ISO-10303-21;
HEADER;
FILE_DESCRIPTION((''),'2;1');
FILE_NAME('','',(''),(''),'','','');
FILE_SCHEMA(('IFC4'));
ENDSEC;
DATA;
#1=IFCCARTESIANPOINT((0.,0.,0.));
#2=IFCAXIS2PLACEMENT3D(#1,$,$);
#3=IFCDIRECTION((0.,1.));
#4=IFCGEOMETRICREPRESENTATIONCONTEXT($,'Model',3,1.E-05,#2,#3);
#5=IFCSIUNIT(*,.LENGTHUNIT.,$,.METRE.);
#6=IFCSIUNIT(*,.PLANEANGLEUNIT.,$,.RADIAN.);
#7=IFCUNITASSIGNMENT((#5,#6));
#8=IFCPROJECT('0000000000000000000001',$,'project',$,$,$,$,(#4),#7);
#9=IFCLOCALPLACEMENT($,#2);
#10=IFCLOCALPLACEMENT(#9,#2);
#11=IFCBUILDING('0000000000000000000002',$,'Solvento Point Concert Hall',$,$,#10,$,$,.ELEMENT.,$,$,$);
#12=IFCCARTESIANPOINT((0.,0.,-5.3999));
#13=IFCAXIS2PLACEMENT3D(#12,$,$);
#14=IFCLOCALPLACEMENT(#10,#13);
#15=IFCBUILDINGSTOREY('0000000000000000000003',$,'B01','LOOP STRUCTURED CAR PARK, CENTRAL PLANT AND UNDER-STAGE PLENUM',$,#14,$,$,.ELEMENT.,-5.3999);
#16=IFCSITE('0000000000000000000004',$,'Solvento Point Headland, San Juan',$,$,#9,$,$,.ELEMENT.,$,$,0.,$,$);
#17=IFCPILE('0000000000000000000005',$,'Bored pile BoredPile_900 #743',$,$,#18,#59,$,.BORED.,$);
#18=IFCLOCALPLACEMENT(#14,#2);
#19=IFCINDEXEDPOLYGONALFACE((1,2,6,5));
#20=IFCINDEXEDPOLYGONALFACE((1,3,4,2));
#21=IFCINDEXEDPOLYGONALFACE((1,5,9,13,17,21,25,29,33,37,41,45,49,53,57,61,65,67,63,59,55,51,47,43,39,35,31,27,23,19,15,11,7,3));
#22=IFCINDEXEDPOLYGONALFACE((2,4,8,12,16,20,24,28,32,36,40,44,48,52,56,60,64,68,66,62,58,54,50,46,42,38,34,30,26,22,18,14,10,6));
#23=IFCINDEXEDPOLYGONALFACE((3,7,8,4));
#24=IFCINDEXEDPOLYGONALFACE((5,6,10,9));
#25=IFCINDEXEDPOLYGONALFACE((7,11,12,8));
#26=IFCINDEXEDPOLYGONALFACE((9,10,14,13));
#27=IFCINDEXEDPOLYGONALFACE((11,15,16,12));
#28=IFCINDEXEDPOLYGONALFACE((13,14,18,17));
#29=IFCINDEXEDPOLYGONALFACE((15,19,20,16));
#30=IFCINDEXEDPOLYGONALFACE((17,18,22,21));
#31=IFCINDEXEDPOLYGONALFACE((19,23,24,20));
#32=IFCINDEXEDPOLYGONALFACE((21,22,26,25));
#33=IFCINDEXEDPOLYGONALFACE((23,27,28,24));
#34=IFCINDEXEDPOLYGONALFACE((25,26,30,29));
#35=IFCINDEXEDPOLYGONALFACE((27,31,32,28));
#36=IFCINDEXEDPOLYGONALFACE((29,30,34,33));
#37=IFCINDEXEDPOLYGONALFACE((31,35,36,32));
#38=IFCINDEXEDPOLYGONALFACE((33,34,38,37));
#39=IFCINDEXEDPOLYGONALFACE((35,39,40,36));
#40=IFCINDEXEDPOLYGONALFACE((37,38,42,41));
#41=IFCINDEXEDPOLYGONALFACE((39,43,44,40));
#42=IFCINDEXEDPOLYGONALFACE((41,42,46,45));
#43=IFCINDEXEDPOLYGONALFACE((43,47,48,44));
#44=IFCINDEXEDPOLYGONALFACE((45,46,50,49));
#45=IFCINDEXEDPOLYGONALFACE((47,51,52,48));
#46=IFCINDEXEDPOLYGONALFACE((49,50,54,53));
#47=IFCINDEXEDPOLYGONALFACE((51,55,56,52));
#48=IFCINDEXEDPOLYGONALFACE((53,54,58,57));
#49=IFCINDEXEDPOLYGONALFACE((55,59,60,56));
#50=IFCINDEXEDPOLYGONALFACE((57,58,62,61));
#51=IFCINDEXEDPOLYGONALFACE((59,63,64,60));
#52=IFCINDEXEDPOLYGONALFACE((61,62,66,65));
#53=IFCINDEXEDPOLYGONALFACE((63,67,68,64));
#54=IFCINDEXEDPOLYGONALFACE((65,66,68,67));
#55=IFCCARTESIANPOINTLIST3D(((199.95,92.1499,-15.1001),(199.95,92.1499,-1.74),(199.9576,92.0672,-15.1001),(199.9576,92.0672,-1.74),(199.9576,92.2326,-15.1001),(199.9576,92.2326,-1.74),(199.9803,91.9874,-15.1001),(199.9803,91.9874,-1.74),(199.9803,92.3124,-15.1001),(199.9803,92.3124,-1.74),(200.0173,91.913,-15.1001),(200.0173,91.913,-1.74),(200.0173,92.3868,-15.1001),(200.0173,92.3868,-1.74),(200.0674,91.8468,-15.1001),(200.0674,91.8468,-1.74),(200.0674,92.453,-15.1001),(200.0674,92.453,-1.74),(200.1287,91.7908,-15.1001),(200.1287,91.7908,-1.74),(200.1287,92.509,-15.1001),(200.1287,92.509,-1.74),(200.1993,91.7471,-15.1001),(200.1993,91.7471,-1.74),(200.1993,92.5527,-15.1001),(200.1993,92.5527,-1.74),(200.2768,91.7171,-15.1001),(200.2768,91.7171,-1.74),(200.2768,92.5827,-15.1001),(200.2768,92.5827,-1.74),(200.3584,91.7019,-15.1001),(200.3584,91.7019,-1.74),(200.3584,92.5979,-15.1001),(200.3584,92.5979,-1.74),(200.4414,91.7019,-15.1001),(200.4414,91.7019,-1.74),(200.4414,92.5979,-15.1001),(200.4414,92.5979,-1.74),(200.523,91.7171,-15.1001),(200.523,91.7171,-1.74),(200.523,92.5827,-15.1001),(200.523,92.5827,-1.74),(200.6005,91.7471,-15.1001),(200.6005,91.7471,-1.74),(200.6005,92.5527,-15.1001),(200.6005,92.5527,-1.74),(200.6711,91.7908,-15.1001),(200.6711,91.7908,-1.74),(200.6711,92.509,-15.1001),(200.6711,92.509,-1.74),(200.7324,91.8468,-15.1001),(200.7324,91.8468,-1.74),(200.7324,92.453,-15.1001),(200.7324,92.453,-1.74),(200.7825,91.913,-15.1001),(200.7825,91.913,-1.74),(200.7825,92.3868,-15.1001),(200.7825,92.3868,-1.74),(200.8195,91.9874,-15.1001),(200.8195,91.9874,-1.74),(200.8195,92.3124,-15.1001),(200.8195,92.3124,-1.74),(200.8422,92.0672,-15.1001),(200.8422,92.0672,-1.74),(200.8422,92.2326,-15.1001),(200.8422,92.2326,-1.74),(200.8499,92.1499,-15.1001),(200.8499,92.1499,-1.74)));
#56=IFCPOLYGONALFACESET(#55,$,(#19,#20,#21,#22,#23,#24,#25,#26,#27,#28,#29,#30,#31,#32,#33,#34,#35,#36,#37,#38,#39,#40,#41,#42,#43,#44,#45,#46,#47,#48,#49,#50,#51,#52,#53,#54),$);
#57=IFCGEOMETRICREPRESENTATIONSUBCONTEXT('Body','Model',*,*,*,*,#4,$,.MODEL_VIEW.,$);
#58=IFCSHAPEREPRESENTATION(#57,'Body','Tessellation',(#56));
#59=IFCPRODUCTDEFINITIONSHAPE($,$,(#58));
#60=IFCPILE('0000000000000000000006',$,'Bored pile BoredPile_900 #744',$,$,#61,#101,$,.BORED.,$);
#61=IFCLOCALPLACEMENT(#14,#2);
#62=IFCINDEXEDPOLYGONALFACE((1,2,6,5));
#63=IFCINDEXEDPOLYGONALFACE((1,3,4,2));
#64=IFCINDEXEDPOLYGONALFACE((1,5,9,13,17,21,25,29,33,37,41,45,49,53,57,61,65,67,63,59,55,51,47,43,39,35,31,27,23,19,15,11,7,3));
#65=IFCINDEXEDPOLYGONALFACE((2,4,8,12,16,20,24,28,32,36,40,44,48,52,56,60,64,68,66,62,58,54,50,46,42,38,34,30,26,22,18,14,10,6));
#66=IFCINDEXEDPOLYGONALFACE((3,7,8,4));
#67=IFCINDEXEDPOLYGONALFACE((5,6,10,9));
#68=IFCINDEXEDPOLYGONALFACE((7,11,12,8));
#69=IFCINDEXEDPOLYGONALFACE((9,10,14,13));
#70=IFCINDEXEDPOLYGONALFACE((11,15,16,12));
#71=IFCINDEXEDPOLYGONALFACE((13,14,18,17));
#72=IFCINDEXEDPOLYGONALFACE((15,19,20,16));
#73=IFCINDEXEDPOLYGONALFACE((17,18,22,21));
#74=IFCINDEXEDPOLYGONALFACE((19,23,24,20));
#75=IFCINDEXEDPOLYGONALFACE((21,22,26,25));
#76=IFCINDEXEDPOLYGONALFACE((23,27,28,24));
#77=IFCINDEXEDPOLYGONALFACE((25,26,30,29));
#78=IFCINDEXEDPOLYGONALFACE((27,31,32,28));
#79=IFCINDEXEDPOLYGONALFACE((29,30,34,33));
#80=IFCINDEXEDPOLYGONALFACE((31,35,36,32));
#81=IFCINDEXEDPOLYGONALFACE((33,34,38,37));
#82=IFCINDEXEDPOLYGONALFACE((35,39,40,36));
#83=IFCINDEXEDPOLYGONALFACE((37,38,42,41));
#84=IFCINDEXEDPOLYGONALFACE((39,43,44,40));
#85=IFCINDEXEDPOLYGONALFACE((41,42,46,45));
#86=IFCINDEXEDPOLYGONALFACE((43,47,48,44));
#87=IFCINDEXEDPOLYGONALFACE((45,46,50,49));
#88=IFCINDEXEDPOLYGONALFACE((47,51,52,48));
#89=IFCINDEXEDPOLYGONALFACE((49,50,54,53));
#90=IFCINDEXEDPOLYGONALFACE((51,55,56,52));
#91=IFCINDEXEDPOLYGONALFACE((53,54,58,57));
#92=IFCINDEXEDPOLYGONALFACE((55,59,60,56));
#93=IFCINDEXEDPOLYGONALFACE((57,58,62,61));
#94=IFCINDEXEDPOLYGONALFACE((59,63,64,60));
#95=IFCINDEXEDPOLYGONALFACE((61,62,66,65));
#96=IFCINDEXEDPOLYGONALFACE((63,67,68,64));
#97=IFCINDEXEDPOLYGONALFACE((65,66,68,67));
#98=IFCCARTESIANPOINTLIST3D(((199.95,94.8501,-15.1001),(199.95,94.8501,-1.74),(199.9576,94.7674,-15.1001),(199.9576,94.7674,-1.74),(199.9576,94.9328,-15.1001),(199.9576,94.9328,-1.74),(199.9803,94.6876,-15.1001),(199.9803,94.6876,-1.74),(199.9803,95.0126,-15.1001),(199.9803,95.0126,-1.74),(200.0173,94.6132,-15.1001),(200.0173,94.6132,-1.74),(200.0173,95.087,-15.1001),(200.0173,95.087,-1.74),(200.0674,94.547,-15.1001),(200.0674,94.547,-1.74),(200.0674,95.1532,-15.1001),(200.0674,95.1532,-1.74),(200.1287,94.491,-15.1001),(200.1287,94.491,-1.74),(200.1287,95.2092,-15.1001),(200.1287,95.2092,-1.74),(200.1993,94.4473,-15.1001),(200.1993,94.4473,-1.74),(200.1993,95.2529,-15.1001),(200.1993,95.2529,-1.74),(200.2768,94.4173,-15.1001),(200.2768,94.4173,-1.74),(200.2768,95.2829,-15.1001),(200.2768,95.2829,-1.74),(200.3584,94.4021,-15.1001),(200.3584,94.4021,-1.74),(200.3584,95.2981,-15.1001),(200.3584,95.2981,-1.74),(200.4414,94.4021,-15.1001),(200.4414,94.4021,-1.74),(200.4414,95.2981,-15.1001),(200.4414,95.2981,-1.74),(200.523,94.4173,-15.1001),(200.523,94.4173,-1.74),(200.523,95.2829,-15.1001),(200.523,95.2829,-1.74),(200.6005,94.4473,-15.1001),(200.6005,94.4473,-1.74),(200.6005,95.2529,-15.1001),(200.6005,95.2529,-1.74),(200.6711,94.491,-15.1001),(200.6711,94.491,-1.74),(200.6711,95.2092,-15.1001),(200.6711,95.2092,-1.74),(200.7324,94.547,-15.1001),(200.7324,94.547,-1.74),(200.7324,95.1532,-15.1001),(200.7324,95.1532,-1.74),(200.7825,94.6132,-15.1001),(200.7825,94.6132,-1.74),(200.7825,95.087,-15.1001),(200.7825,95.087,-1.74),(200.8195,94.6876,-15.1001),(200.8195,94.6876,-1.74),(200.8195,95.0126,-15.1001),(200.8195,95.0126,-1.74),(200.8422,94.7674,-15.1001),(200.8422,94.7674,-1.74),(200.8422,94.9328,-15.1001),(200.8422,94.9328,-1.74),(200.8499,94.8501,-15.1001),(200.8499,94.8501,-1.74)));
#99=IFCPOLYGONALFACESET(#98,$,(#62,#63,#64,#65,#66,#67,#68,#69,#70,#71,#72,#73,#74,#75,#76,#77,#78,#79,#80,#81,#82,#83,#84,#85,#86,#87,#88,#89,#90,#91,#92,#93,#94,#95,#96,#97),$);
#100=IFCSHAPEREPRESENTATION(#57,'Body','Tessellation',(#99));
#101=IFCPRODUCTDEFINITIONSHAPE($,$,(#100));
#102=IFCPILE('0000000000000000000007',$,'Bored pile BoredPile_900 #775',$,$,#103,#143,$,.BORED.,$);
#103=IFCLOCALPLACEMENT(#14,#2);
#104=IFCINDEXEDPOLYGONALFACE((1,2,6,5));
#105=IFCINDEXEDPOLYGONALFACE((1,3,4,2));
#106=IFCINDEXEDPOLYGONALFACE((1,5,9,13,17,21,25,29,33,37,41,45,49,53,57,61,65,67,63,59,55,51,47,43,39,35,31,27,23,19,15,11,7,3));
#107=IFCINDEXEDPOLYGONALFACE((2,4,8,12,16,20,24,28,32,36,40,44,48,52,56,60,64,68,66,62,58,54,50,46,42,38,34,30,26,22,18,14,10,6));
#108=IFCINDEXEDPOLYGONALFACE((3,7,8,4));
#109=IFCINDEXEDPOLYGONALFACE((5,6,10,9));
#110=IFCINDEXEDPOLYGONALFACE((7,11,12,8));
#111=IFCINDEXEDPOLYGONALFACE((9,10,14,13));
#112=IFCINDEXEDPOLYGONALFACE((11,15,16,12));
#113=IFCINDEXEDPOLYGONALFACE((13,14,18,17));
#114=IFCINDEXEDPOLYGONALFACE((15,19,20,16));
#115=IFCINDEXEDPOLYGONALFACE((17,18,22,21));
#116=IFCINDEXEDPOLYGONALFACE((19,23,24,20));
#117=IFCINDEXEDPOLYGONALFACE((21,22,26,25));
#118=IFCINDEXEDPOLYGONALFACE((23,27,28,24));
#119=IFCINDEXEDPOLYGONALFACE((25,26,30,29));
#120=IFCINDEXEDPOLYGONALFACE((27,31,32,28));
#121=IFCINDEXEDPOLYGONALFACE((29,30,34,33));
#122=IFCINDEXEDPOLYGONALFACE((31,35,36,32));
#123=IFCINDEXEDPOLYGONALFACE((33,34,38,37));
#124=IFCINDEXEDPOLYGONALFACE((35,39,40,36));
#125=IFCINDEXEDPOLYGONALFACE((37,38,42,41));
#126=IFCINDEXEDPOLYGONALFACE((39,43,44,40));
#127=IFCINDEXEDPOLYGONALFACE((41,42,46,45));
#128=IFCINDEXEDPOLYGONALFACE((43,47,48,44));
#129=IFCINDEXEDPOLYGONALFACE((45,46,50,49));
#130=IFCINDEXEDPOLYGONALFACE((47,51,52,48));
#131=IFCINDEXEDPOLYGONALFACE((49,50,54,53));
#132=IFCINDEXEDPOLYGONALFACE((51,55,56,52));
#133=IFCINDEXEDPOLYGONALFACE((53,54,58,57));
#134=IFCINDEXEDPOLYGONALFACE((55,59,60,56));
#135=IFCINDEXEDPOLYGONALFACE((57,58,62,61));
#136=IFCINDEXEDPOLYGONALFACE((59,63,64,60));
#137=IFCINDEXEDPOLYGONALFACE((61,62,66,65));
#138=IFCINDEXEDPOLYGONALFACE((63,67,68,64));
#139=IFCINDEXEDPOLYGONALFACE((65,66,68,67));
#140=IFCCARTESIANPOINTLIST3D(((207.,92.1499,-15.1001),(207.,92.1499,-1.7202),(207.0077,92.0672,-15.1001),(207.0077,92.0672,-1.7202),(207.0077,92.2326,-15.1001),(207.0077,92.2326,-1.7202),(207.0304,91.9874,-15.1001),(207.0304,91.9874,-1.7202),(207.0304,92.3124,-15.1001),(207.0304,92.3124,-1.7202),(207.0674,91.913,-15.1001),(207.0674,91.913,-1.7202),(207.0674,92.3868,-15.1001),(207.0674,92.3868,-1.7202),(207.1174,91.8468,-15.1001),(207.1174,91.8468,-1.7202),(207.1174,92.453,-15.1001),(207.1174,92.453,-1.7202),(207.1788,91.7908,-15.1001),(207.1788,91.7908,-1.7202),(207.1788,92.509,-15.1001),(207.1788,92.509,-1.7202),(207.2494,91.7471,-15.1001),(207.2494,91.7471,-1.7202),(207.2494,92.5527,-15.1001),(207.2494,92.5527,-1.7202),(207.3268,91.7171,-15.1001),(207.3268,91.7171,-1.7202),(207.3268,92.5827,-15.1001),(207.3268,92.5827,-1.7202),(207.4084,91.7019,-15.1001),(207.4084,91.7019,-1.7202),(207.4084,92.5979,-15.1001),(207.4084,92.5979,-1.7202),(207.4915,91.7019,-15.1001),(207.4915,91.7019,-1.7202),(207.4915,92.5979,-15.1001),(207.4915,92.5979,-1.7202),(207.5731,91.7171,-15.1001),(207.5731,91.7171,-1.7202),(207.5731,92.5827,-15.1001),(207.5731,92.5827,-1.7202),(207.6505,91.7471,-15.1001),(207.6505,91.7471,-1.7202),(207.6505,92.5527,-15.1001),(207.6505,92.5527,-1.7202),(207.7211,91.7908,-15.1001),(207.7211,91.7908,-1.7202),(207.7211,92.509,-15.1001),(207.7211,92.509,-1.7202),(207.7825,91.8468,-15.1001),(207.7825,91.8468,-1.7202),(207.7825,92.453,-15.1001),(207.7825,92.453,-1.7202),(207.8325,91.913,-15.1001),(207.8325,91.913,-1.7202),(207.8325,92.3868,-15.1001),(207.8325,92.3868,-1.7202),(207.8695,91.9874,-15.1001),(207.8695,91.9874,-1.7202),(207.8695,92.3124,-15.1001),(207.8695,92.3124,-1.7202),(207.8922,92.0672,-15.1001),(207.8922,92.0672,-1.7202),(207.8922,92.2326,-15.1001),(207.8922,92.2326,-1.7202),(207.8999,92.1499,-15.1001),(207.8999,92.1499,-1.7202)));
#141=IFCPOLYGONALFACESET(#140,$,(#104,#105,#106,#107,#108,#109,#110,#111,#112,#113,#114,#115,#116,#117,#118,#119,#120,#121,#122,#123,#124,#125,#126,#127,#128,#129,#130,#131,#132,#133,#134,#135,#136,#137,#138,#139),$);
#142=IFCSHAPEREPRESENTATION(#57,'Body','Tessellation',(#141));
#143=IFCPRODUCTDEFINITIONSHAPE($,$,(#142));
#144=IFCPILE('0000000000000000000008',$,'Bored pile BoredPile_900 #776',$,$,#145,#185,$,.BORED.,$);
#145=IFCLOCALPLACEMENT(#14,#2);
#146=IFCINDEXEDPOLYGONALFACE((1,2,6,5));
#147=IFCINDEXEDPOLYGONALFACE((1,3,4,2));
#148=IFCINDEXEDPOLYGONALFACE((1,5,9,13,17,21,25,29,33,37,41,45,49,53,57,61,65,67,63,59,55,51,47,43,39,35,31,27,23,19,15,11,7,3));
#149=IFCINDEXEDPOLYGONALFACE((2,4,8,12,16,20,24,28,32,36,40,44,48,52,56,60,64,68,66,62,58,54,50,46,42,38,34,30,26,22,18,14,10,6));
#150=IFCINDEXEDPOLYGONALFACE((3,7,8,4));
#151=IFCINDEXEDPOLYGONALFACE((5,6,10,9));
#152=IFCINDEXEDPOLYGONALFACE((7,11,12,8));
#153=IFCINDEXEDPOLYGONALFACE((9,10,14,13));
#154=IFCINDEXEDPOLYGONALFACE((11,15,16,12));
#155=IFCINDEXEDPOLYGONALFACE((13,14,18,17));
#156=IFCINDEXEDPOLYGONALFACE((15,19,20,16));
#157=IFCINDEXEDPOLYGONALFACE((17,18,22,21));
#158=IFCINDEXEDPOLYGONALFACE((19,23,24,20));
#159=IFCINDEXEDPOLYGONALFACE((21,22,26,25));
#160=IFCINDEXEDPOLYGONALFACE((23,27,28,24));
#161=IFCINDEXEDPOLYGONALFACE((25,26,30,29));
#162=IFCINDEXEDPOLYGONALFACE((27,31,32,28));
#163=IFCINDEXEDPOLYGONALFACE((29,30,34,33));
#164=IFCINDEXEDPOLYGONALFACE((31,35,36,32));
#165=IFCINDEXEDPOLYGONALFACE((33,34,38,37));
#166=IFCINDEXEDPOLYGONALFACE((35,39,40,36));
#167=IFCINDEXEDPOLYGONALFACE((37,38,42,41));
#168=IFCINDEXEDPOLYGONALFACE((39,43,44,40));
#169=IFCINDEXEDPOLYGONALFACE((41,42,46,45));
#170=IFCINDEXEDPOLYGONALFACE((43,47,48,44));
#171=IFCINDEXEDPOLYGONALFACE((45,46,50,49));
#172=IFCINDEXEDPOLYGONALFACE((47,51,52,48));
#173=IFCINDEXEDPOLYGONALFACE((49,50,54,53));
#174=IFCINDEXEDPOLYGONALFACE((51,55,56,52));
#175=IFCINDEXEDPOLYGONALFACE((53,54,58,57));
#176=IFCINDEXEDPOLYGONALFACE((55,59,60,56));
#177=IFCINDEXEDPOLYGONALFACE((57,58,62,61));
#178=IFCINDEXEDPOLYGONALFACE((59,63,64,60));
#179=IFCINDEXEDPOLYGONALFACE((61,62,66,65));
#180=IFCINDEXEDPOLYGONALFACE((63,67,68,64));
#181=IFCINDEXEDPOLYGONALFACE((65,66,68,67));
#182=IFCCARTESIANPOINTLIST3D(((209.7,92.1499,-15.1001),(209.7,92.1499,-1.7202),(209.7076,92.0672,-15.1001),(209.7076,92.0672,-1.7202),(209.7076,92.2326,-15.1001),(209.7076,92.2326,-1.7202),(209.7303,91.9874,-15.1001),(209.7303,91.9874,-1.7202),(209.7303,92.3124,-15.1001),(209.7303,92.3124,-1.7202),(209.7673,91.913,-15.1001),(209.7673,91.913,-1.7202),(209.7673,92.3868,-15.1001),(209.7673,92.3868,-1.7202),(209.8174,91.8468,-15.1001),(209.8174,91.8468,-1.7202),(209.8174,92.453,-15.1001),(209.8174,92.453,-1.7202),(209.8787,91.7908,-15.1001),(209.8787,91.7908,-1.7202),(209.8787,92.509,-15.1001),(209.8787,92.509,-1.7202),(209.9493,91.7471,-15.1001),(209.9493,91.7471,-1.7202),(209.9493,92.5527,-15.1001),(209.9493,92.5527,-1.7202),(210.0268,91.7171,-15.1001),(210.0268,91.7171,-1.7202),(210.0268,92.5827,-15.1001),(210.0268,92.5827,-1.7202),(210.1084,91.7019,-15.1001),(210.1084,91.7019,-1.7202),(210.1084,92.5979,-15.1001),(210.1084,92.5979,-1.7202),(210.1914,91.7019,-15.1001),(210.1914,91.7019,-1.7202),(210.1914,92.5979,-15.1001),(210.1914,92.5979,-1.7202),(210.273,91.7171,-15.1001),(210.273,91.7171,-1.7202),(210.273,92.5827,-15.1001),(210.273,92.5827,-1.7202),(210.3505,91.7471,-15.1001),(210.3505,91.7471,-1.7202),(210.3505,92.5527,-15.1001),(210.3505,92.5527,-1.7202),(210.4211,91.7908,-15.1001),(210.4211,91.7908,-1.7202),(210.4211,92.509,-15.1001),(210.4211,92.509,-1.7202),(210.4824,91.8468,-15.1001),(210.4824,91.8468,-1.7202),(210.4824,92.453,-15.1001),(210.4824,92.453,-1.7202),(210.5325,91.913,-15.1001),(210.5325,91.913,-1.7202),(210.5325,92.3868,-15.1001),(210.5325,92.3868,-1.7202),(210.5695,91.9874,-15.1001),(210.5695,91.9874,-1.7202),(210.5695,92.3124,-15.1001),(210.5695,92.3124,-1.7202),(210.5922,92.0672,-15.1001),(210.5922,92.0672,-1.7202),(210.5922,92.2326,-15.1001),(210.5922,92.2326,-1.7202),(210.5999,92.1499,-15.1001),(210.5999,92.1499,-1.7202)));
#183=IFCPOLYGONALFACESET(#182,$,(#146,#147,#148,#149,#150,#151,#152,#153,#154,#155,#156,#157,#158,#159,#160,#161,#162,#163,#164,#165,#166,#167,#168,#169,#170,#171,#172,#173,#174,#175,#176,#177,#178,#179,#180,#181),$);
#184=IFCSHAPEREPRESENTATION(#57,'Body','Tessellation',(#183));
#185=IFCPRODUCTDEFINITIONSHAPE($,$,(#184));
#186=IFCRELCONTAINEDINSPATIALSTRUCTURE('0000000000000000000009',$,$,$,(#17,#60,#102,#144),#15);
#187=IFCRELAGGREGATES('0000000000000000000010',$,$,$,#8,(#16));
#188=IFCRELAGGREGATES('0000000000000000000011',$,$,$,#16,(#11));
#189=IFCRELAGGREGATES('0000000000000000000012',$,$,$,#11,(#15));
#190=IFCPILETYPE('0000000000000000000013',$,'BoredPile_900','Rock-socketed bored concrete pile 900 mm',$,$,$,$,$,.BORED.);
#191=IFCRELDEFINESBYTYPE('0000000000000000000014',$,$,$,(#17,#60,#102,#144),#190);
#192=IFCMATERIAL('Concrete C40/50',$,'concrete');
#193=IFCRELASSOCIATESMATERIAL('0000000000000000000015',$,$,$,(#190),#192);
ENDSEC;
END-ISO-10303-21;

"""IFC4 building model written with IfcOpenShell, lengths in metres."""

from ifc_helpers import new_model, si_unit, direction, frame, origin, origin_2d, place, context, subcontext, project, spatial, circle, extrude, material, material_profile, profile_set, type_object, element, save


model = new_model("IFC4")

# Units and contexts
model_context = context("Model", 3, precision=1e-05, world=origin(), true_north=direction((0.0, 1.0)))
body_context = subcontext(model_context, "Body", "Model", "MODEL_VIEW")
ifc_project = project(units=[si_unit("LENGTHUNIT", "METRE"), si_unit("PLANEANGLEUNIT", "RADIAN")], contexts=[model_context])

# Site, building, storey
site_placement = place(None, origin())
site = spatial("IfcSite", under=ifc_project, at=site_placement, Name="Solvento Point Headland, San Juan", CompositionType="ELEMENT", RefElevation=0.0)
building_placement = place(site_placement, origin())
building = spatial("IfcBuilding", under=site, at=building_placement, Name="Solvento Point Concert Hall", CompositionType="ELEMENT")
storey_placement = place(building_placement, frame((0.0, 0.0, -5.3999)))
storey = spatial("IfcBuildingStorey", under=building, at=storey_placement, Name="B01", Description="LOOP STRUCTURED CAR PARK, CENTRAL PLANT AND UNDER-STAGE PLENUM", CompositionType="ELEMENT", Elevation=-5.3999)

# Piles
ifc_material_1 = material(Name="Concrete C40/50", Category="concrete")
ifc_material_profile_1 = material_profile(ifc_material_1, circle(Radius=0.45, at=origin_2d()), Name="BP-900")
ifc_profile_set_1 = profile_set([ifc_material_profile_1], Name="Concrete C40/50")
pile_type_1 = type_object("IfcPileType", Name="BoredPile_900", Description="Rock-socketed bored concrete pile 900 mm", PredefinedType="BORED", material=ifc_profile_set_1)
for number, where, z_axis, x_axis, name in (
    (1, (200.3999, 92.1499, -1.74), (0.0, 0.0, -1.0), (1.0, 0.0, 0.0), "Bored pile BoredPile_900 #743"),
    (2, (200.3999, 94.8501, -1.74), (0.0, 0.0, -1.0), (1.0, 0.0, 0.0), "Bored pile BoredPile_900 #744"),
):
    element("IfcPile", number, at=place(storey_placement, frame(where, z_axis=z_axis, x_axis=x_axis)), inside=storey, type_object=pile_type_1, Name=name, PredefinedType="BORED", context=body_context, shape_type="SweptSolid", body=[
        extrude(circle(Radius=0.45, at=origin_2d()), origin(), (0.0, 0.0, 1.0), 13.3601),
    ])
for number, where, z_axis, x_axis, name in (
    (3, (207.45, 92.1499, -1.7202), (0.0, 0.0, -1.0), (1.0, 0.0, 0.0), "Bored pile BoredPile_900 #775"),
    (4, (210.1499, 92.1499, -1.7202), (0.0, 0.0, -1.0), (1.0, 0.0, 0.0), "Bored pile BoredPile_900 #776"),
):
    element("IfcPile", number, at=place(storey_placement, frame(where, z_axis=z_axis, x_axis=x_axis)), inside=storey, type_object=pile_type_1, Name=name, PredefinedType="BORED", context=body_context, shape_type="SweptSolid", body=[
        extrude(circle(Radius=0.45, at=origin_2d()), origin(), (0.0, 0.0, 1.0), 13.3799),
    ])

save(model, "model.ifc")
